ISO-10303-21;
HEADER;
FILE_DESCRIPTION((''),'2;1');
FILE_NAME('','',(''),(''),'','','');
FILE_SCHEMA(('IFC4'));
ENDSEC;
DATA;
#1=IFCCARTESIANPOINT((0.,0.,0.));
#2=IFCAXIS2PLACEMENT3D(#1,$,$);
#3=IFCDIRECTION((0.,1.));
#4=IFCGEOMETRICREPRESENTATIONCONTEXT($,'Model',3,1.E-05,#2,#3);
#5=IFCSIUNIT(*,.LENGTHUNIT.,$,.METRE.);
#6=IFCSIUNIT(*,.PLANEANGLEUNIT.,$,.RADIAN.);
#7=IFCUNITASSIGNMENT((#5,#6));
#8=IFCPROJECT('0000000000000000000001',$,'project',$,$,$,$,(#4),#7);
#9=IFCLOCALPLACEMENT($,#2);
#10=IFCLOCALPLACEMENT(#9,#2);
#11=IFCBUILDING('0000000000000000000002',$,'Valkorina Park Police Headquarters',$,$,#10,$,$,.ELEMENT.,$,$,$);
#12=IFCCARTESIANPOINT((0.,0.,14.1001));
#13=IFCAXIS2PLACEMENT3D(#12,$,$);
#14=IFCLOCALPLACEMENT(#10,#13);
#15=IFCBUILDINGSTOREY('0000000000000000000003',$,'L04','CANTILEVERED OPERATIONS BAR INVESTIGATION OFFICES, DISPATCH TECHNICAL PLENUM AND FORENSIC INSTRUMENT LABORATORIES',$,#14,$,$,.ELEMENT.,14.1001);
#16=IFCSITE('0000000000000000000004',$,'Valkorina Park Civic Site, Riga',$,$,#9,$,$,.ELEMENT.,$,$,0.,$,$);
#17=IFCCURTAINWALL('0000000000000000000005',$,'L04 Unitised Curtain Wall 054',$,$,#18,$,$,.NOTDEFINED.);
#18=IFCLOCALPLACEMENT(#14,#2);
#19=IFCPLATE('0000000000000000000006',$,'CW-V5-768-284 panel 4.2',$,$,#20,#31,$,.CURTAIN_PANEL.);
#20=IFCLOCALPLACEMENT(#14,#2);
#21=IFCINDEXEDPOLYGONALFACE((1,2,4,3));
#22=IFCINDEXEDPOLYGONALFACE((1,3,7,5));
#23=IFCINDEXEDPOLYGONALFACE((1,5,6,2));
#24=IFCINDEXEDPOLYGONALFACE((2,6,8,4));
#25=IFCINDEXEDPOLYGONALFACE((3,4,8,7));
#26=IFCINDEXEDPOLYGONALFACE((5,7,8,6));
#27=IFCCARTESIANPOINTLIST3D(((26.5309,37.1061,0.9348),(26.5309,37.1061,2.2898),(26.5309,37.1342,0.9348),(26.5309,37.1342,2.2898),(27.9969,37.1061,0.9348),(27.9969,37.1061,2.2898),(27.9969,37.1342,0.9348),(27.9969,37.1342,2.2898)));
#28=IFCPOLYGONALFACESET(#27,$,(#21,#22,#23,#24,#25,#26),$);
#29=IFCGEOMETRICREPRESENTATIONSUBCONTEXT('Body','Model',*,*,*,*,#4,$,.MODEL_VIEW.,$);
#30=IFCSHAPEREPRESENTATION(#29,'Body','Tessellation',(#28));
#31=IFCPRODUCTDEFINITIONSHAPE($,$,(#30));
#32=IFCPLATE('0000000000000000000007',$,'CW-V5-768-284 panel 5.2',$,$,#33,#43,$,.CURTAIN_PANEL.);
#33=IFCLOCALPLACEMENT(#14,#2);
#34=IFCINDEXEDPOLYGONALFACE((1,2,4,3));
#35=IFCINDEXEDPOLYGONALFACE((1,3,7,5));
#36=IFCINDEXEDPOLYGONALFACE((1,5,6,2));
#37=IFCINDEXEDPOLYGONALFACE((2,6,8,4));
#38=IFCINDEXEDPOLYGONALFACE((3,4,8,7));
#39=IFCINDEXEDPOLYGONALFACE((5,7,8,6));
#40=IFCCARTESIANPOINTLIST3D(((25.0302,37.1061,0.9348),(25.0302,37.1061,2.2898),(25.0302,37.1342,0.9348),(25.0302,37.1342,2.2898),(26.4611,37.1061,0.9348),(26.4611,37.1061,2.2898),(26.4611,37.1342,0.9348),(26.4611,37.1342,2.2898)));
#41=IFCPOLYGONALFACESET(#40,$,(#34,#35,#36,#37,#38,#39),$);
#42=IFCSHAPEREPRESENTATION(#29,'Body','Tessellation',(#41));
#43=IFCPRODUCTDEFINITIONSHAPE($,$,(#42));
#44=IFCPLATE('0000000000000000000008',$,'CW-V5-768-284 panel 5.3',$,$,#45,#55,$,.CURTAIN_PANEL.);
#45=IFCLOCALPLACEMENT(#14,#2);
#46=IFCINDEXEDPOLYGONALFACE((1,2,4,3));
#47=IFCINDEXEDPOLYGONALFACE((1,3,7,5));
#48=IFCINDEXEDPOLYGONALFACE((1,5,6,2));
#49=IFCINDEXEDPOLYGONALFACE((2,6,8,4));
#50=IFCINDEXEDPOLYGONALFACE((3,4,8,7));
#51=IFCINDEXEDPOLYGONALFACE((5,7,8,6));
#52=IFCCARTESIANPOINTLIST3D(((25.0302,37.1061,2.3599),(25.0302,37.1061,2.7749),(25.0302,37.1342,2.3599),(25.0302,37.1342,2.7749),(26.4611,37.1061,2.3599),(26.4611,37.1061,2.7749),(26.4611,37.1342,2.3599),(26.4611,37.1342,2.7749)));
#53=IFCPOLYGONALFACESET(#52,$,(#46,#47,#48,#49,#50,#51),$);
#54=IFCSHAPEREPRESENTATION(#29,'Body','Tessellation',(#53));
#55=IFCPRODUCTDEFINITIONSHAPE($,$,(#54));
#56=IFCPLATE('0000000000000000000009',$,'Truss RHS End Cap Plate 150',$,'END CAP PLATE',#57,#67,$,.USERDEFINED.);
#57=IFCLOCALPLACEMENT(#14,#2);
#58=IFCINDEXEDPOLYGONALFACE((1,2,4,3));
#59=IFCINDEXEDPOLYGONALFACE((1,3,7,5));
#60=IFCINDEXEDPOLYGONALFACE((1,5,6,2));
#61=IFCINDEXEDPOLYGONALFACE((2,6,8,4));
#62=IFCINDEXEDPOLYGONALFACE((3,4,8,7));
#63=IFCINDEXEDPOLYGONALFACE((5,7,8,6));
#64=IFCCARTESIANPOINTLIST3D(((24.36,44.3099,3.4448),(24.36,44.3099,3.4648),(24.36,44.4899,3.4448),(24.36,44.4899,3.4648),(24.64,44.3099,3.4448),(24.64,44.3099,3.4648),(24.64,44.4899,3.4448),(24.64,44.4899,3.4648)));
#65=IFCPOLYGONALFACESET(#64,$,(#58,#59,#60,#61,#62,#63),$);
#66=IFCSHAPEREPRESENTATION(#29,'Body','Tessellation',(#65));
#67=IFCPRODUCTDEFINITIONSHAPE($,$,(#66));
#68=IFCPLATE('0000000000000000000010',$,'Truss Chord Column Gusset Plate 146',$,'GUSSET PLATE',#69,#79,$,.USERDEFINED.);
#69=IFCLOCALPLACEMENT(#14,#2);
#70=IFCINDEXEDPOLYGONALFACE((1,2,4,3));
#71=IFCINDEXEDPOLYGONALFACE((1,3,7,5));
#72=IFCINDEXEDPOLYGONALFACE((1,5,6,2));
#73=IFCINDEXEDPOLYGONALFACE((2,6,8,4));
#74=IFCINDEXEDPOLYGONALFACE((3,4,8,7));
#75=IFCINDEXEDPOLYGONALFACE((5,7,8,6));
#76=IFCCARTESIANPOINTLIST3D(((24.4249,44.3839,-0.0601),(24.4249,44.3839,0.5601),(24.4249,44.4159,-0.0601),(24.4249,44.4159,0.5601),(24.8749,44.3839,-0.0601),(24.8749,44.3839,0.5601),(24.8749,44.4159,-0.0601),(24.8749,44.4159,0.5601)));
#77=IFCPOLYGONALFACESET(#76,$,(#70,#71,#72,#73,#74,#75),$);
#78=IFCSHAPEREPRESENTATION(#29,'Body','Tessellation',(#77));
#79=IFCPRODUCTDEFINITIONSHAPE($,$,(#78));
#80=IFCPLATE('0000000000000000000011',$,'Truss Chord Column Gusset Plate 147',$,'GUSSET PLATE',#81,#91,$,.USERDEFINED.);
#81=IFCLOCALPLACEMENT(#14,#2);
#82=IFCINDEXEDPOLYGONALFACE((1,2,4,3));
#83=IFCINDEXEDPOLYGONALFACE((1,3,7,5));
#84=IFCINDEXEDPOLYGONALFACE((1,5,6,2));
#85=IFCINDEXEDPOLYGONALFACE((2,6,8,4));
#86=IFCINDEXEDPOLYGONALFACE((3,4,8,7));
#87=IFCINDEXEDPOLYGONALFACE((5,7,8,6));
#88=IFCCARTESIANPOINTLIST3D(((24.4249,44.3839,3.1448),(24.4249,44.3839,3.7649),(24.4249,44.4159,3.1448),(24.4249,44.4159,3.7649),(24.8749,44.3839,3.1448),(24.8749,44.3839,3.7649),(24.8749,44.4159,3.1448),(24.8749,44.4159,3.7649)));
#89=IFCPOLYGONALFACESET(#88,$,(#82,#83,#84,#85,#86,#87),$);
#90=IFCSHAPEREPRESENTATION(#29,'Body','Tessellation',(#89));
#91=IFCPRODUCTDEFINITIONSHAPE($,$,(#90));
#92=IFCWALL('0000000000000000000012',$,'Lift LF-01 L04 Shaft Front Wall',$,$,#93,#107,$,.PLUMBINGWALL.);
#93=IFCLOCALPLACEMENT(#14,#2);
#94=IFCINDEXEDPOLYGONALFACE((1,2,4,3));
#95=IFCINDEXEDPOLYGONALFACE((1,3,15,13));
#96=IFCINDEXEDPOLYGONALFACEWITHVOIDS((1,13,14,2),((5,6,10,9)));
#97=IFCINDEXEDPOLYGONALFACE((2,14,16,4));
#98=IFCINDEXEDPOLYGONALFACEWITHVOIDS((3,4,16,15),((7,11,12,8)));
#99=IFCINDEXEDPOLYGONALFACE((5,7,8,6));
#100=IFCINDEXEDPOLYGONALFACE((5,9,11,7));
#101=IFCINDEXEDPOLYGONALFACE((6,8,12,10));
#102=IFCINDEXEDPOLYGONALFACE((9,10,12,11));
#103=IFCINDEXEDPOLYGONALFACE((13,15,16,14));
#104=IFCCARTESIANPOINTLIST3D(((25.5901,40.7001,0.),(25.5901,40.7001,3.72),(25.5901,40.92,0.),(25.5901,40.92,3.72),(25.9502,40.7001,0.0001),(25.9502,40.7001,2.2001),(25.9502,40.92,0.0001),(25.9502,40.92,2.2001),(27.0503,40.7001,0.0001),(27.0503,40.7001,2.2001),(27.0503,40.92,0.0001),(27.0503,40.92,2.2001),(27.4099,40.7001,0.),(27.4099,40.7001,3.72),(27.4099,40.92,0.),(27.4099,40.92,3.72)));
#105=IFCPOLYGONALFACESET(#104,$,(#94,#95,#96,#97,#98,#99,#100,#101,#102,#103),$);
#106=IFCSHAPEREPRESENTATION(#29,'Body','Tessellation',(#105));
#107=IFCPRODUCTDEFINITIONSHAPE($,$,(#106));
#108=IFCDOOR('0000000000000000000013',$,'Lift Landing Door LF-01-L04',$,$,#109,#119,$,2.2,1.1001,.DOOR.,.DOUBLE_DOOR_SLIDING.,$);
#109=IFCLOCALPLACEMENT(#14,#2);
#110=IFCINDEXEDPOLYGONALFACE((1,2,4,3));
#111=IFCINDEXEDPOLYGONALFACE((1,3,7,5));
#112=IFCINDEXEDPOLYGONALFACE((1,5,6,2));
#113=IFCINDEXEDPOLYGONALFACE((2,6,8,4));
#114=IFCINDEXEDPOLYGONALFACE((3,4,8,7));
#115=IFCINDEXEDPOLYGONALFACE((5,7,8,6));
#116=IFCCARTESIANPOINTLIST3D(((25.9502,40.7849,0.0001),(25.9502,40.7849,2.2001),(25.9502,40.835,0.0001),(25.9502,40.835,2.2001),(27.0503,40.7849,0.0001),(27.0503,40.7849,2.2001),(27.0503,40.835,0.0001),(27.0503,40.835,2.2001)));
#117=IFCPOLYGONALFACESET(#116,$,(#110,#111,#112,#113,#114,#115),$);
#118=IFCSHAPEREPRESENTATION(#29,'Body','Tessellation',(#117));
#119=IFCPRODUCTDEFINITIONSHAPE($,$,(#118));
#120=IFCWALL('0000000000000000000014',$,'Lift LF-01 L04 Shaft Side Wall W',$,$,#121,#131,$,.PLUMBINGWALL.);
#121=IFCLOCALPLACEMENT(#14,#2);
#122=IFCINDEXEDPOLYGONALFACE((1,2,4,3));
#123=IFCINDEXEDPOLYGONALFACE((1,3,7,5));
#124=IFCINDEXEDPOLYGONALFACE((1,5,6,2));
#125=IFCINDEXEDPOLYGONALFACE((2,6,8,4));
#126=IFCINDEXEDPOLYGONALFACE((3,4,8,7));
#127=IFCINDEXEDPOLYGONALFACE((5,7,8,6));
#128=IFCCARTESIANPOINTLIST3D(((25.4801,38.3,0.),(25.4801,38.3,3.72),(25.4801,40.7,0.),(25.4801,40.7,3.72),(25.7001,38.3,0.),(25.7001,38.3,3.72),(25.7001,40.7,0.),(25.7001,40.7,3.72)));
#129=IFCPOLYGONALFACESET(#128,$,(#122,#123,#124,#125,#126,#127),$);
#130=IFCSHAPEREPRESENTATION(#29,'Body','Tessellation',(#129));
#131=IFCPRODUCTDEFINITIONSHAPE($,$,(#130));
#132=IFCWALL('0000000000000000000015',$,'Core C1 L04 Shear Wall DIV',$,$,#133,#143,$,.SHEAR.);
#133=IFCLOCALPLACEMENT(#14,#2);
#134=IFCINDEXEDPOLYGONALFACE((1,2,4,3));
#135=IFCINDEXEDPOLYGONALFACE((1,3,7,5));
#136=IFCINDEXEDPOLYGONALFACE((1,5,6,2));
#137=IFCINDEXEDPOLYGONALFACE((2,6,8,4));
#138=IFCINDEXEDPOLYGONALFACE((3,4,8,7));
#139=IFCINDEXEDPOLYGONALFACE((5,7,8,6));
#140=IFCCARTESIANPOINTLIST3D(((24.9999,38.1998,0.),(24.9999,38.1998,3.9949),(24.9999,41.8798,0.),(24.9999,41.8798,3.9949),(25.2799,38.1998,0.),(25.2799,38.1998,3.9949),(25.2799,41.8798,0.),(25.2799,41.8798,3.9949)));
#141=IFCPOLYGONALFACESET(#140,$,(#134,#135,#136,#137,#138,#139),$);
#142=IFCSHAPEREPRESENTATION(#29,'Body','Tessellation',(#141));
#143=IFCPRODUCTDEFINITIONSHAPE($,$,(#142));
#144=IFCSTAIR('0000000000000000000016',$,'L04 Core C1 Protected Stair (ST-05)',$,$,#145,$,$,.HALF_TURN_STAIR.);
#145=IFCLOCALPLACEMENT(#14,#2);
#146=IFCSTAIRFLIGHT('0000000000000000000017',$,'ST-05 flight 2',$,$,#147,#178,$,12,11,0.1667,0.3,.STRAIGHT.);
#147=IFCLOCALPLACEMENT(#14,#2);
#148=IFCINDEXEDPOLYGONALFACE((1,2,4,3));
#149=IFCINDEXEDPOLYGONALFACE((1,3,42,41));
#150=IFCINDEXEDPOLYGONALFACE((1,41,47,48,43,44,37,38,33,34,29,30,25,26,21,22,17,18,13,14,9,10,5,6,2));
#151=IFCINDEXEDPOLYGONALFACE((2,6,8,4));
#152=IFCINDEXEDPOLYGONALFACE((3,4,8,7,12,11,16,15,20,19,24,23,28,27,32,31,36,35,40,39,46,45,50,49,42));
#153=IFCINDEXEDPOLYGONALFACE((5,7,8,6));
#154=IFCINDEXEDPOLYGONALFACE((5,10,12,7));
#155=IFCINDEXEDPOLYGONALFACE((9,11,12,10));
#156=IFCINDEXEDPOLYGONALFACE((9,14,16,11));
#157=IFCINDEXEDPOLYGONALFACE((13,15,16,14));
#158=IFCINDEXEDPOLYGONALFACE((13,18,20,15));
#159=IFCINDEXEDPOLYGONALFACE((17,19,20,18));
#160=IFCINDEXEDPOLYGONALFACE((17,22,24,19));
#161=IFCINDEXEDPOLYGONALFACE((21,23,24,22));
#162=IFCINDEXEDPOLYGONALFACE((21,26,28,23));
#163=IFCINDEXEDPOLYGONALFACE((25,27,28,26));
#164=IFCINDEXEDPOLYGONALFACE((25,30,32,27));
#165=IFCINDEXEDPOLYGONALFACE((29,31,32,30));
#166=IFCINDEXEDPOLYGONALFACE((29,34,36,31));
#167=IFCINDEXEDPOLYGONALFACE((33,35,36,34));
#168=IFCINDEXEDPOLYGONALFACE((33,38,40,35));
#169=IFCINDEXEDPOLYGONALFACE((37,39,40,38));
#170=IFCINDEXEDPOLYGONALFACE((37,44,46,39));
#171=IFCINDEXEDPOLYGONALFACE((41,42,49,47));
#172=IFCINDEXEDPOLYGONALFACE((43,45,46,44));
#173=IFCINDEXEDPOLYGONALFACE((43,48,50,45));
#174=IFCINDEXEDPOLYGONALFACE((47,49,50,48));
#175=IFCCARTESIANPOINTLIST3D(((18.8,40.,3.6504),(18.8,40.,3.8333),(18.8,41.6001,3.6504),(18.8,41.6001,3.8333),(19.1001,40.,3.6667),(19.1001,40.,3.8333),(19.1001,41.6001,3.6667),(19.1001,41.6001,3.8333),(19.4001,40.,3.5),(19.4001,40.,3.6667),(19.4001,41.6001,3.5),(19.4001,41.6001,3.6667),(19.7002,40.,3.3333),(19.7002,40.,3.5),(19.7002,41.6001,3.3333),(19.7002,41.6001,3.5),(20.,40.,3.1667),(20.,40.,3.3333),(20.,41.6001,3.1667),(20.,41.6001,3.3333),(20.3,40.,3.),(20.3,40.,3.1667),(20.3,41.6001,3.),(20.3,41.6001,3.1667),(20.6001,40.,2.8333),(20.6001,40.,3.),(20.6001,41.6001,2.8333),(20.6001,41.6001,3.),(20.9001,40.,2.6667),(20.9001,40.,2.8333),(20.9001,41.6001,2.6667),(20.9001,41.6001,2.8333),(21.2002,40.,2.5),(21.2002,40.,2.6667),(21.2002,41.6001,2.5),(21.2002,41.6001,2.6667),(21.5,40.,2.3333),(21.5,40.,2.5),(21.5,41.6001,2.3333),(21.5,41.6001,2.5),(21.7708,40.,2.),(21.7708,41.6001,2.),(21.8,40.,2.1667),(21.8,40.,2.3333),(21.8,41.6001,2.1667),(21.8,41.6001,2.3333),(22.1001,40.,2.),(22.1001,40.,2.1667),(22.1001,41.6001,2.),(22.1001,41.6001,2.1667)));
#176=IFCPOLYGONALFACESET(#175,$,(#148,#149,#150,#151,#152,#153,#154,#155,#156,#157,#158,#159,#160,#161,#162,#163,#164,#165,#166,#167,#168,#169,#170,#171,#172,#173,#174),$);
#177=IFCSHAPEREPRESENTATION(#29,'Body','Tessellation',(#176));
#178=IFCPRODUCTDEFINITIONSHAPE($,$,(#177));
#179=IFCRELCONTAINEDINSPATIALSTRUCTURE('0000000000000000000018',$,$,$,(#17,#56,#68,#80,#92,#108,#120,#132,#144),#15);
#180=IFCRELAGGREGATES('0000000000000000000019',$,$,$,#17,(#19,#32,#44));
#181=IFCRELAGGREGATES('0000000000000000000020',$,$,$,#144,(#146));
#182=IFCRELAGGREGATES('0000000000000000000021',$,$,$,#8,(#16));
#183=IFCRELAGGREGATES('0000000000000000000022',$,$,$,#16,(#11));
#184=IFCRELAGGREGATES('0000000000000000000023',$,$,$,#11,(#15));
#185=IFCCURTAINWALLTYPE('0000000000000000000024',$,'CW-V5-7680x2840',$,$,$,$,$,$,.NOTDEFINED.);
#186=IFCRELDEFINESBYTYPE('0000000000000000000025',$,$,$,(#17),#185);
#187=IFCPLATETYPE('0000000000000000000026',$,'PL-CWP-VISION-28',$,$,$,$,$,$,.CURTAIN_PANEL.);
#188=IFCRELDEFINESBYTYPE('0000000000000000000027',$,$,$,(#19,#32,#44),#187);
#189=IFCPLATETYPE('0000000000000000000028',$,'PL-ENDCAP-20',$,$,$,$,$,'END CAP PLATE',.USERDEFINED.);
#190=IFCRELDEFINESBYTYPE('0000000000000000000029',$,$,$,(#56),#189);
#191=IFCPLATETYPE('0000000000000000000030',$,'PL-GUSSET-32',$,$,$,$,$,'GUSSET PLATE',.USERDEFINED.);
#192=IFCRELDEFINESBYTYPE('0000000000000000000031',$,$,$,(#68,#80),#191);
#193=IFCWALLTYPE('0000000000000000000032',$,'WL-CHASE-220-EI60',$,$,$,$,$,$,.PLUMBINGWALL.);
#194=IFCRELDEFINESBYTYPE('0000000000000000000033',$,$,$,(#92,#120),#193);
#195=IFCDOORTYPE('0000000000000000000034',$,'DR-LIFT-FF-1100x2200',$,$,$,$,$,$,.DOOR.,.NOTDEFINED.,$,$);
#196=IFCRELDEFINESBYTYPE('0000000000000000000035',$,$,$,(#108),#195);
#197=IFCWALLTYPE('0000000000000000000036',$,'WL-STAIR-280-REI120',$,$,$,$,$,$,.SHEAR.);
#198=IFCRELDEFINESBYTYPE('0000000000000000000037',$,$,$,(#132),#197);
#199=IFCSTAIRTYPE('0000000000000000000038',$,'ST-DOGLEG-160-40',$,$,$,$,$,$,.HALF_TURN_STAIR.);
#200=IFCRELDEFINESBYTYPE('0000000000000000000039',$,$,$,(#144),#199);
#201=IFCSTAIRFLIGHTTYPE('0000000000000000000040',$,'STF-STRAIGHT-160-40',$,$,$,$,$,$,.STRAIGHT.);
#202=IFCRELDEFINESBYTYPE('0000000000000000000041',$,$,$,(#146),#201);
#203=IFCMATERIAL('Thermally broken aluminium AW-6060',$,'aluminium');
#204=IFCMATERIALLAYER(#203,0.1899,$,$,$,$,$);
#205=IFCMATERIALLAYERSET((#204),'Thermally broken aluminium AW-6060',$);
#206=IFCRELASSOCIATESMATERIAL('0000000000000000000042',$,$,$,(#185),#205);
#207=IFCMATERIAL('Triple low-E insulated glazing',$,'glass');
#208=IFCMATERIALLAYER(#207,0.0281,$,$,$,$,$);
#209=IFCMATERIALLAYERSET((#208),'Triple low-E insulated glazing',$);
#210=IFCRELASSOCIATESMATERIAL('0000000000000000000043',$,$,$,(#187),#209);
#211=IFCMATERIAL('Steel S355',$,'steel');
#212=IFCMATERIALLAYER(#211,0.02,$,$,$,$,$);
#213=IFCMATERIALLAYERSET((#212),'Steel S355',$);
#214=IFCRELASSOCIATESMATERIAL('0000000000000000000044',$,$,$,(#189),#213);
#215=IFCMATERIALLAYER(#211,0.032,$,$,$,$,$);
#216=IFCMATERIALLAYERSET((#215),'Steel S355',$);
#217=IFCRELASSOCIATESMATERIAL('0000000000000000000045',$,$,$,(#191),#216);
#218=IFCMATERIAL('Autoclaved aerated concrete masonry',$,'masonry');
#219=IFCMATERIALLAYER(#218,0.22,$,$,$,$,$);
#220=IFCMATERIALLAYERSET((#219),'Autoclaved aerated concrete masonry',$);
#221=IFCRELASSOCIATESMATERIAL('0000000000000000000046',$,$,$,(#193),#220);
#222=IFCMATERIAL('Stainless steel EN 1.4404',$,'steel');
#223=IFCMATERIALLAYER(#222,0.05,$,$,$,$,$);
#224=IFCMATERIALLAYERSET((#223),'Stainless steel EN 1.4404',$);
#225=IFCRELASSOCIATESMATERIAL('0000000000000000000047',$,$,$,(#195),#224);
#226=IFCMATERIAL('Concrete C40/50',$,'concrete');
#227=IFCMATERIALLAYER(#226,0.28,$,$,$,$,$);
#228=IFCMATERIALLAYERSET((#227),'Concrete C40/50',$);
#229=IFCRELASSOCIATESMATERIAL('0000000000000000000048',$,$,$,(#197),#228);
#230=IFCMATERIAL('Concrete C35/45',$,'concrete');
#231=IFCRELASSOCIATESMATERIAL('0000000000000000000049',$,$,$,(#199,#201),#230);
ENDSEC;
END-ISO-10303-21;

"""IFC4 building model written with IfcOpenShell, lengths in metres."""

from ifc_helpers import new_model, si_unit, direction, frame, frame_2d, origin, origin_2d, place, context, subcontext, project, spatial, polyline, rectangle, outline, extrude, material, layer, layer_set, type_object, element, fill, aggregate, save


model = new_model("IFC4")

# Units and contexts
model_context = context("Model", 3, precision=1e-05, world=origin(), true_north=direction((0.0, 1.0)))
body_context = subcontext(model_context, "Body", "Model", "MODEL_VIEW")
ifc_project = project(units=[si_unit("LENGTHUNIT", "METRE"), si_unit("PLANEANGLEUNIT", "RADIAN")], contexts=[model_context])

# Site, building, storey
site_placement = place(None, origin())
site = spatial("IfcSite", under=ifc_project, at=site_placement, Name="Valkorina Park Civic Site, Riga", CompositionType="ELEMENT", RefElevation=0.0)
building_placement = place(site_placement, origin())
building = spatial("IfcBuilding", under=site, at=building_placement, Name="Valkorina Park Police Headquarters", CompositionType="ELEMENT")
storey_placement = place(building_placement, frame((0.0, 0.0, 14.1001)))
storey = spatial("IfcBuildingStorey", under=building, at=storey_placement, Name="L04", Description="CANTILEVERED OPERATIONS BAR INVESTIGATION OFFICES, DISPATCH TECHNICAL PLENUM AND FORENSIC INSTRUMENT LABORATORIES", CompositionType="ELEMENT", Elevation=14.1001)

# Shared definitions
ifc_material_1 = material(Name="Steel S355", Category="steel")

# Curtain wall, plates
ifc_material_2 = material(Name="Thermally broken aluminium AW-6060", Category="aluminium")
ifc_layer_1 = layer(ifc_material_2, 0.1899)
ifc_layer_set_1 = layer_set([ifc_layer_1], Name="Thermally broken aluminium AW-6060")
curtain_wall_type = type_object("IfcCurtainWallType", Name="CW-V5-7680x2840", PredefinedType="NOTDEFINED", material=ifc_layer_set_1)
curtain_wall_placement = place(storey_placement, origin())
curtain_wall = element("IfcCurtainWall", 1, at=curtain_wall_placement, inside=storey, type_object=curtain_wall_type, Name="L04 Unitised Curtain Wall 054", PredefinedType="NOTDEFINED")
ifc_material_3 = material(Name="Triple low-E insulated glazing", Category="glass")
ifc_layer_2 = layer(ifc_material_3, 0.0281)
ifc_layer_set_2 = layer_set([ifc_layer_2], Name="Triple low-E insulated glazing")
plate_type_1 = type_object("IfcPlateType", Name="PL-CWP-VISION-28", PredefinedType="CURTAIN_PANEL", material=ifc_layer_set_2)
plate_1_placement = place(storey_placement, frame((27.2639, 37.1201, 0.9348), z_axis=(0.0, 0.0, 1.0), x_axis=(-1.0, 0.0, 0.0)))
plate_1 = element("IfcPlate", 2, at=plate_1_placement, type_object=plate_type_1, Name="CW-V5-768-284 panel 4.2", PredefinedType="CURTAIN_PANEL", context=body_context, shape_type="SweptSolid", body=[
    extrude(rectangle(XDim=1.4661, YDim=0.0281, at=origin_2d()), origin(), (0.0, 0.0, 1.0), 1.355),
])
plate_2_placement = place(storey_placement, frame((25.7456, 37.1201, 0.9348), z_axis=(0.0, 0.0, 1.0), x_axis=(-1.0, 0.0, 0.0)))
plate_2 = element("IfcPlate", 3, at=plate_2_placement, type_object=plate_type_1, Name="CW-V5-768-284 panel 5.2", PredefinedType="CURTAIN_PANEL", context=body_context, shape_type="SweptSolid", body=[
    extrude(rectangle(XDim=1.4309, YDim=0.0281, at=origin_2d()), origin(), (0.0, 0.0, 1.0), 1.355),
])
plate_3_placement = place(storey_placement, frame((25.7456, 37.1201, 2.3599), z_axis=(0.0, 0.0, 1.0), x_axis=(-1.0, 0.0, 0.0)))
plate_3 = element("IfcPlate", 4, at=plate_3_placement, type_object=plate_type_1, Name="CW-V5-768-284 panel 5.3", PredefinedType="CURTAIN_PANEL", context=body_context, shape_type="SweptSolid", body=[
    extrude(rectangle(XDim=1.4309, YDim=0.0281, at=origin_2d()), origin(), (0.0, 0.0, 1.0), 0.415),
])
aggregate(curtain_wall, [plate_1, plate_2, plate_3])

# Plates
ifc_layer_3 = layer(ifc_material_1, 0.02)
ifc_layer_set_3 = layer_set([ifc_layer_3], Name="Steel S355")
plate_type_2 = type_object("IfcPlateType", Name="PL-ENDCAP-20", ElementType="END CAP PLATE", PredefinedType="USERDEFINED", material=ifc_layer_set_3)
plate_4_placement = place(storey_placement, frame((24.5, 44.3999, 3.4448), z_axis=(0.0, 0.0, 1.0), x_axis=(1.0, 0.0, 0.0)))
element("IfcPlate", 5, at=plate_4_placement, inside=storey, type_object=plate_type_2, Name="Truss RHS End Cap Plate 150", ObjectType="END CAP PLATE", PredefinedType="USERDEFINED", context=body_context, shape_type="SweptSolid", body=[
    extrude(rectangle(XDim=0.28, YDim=0.1799, at=origin_2d()), origin(), (0.0, 0.0, 1.0), 0.02),
])
ifc_layer_4 = layer(ifc_material_1, 0.032)
ifc_layer_set_4 = layer_set([ifc_layer_4], Name="Steel S355")
plate_type_3 = type_object("IfcPlateType", Name="PL-GUSSET-32", ElementType="GUSSET PLATE", PredefinedType="USERDEFINED", material=ifc_layer_set_4)
for number, where, z_axis, x_axis, name in (
    (6, (24.6499, 44.3999, -0.0601), (0.0, 0.0, 1.0), (1.0, 0.0, 0.0), "Truss Chord Column Gusset Plate 146"),
    (7, (24.6499, 44.3999, 3.1448), (0.0, 0.0, 1.0), (1.0, 0.0, 0.0), "Truss Chord Column Gusset Plate 147"),
):
    element("IfcPlate", number, at=place(storey_placement, frame(where, z_axis=z_axis, x_axis=x_axis)), inside=storey, type_object=plate_type_3, Name=name, ObjectType="GUSSET PLATE", PredefinedType="USERDEFINED", context=body_context, shape_type="SweptSolid", body=[
        extrude(rectangle(XDim=0.45, YDim=0.032, at=origin_2d()), origin(), (0.0, 0.0, 1.0), 0.6201),
    ])

# Wall, opening, door
ifc_material_4 = material(Name="Autoclaved aerated concrete masonry", Category="masonry")
ifc_layer_5 = layer(ifc_material_4, 0.22)
ifc_layer_set_5 = layer_set([ifc_layer_5], Name="Autoclaved aerated concrete masonry")
wall_type_1 = type_object("IfcWallType", Name="WL-CHASE-220-EI60", PredefinedType="PLUMBINGWALL", material=ifc_layer_set_5)
wall_1_placement = place(storey_placement, frame((25.5901, 40.8101, 0.0), z_axis=(0.0, 0.0, 1.0), x_axis=(1.0, 0.0, 0.0)))
wall_1 = element("IfcWall", 8, at=wall_1_placement, inside=storey, type_object=wall_type_1, Name="Lift LF-01 L04 Shaft Front Wall", PredefinedType="PLUMBINGWALL", context=body_context, shape_type="SweptSolid", body=[
    extrude(rectangle(XDim=1.8198, YDim=0.22, at=frame_2d((0.9099, 0.0))), origin(), (0.0, 0.0, 1.0), 3.72),
])
opening_placement = place(wall_1_placement, frame((0.3601, 0.0, 0.0)))
opening = element("IfcOpeningElement", 9, at=opening_placement, cuts=wall_1, PredefinedType="OPENING", context=body_context, shape_type="SweptSolid", body=[
    extrude(rectangle(XDim=1.1001, YDim=2.2, at=frame_2d((0.55, 1.1001))), frame((0.0, 0.1201, 0.0), z_axis=(0.0, -1.0, 0.0), x_axis=(1.0, 0.0, 0.0)), (0.0, 0.0, 1.0), 0.24),
])
ifc_material_5 = material(Name="Stainless steel EN 1.4404", Category="steel")
ifc_layer_6 = layer(ifc_material_5, 0.05)
ifc_layer_set_6 = layer_set([ifc_layer_6], Name="Stainless steel EN 1.4404")
door_type = type_object("IfcDoorType", Name="DR-LIFT-FF-1100x2200", OperationType="NOTDEFINED", PredefinedType="DOOR", material=ifc_layer_set_6)
door_placement = place(opening_placement, origin())
door = element("IfcDoor", 10, at=door_placement, inside=storey, type_object=door_type, Name="Lift Landing Door LF-01-L04", OperationType="DOUBLE_DOOR_SLIDING", OverallHeight=2.2, OverallWidth=1.1001, PredefinedType="DOOR", context=body_context, shape_type="SweptSolid", body=[
    extrude(rectangle(XDim=1.1001, YDim=2.2, at=frame_2d((0.55, 1.1001))), frame((0.0, 0.0249, 0.0), z_axis=(0.0, -1.0, 0.0), x_axis=(1.0, 0.0, 0.0)), (0.0, 0.0, 1.0), 0.05),
])
fill(opening, door)

# Walls
wall_2_placement = place(storey_placement, frame((25.5901, 38.3, 0.0), z_axis=(0.0, 0.0, 1.0), x_axis=(0.0, 1.0, 0.0)))
element("IfcWall", 11, at=wall_2_placement, inside=storey, type_object=wall_type_1, Name="Lift LF-01 L04 Shaft Side Wall W", PredefinedType="PLUMBINGWALL", context=body_context, shape_type="SweptSolid", body=[
    extrude(rectangle(XDim=2.3999, YDim=0.22, at=frame_2d((1.2, 0.0))), origin(), (0.0, 0.0, 1.0), 3.72),
])
ifc_material_6 = material(Name="Concrete C40/50", Category="concrete")
ifc_layer_7 = layer(ifc_material_6, 0.28)
ifc_layer_set_7 = layer_set([ifc_layer_7], Name="Concrete C40/50")
wall_type_2 = type_object("IfcWallType", Name="WL-STAIR-280-REI120", PredefinedType="SHEAR", material=ifc_layer_set_7)
wall_3_placement = place(storey_placement, frame((25.1399, 38.2, 0.0), z_axis=(0.0, 0.0, 1.0), x_axis=(0.0, 1.0, 0.0)))
element("IfcWall", 12, at=wall_3_placement, inside=storey, type_object=wall_type_2, Name="Core C1 L04 Shear Wall DIV", PredefinedType="SHEAR", context=body_context, shape_type="SweptSolid", body=[
    extrude(rectangle(XDim=3.6799, YDim=0.28, at=frame_2d((1.8398, 0.0))), origin(), (0.0, 0.0, 1.0), 3.9949),
])

# Stair, stair flight
ifc_material_7 = material(Name="Concrete C35/45", Category="concrete")
stair_type = type_object("IfcStairType", Name="ST-DOGLEG-160-40", PredefinedType="HALF_TURN_STAIR", material=ifc_material_7)
stair_placement = place(storey_placement, origin())
stair = element("IfcStair", 13, at=stair_placement, inside=storey, type_object=stair_type, Name="L04 Core C1 Protected Stair (ST-05)", PredefinedType="HALF_TURN_STAIR")
stair_flight_type = type_object("IfcStairFlightType", Name="STF-STRAIGHT-160-40", PredefinedType="STRAIGHT", material=ifc_material_7)
stair_flight_placement = place(storey_placement, frame((22.1001, 40.8, 2.0), z_axis=(0.0, 0.0, 1.0), x_axis=(-1.0, 0.0, 0.0)))
stair_flight = element("IfcStairFlight", 14, at=stair_flight_placement, type_object=stair_flight_type, Name="ST-05 flight 2", NumberOfRisers=12, NumberOfTreads=11, PredefinedType="STRAIGHT", RiserHeight=0.1667, TreadLength=0.3, context=body_context, shape_type="SweptSolid", body=[
    extrude(outline(polyline([(0.0, 0.0), (0.0, 0.1667), (0.3, 0.1667), (0.3, 0.3333), (0.6001, 0.3333), (0.6001, 0.5), (0.8999, 0.5), (0.8999, 0.6667), (1.2, 0.6667), (1.2, 0.8333), (1.5, 0.8333), (1.5, 1.0), (1.8, 1.0), (1.8, 1.1667), (2.1001, 1.1667), (2.1001, 1.3333), (2.3999, 1.3333), (2.3999, 1.5), (2.7, 1.5), (2.7, 1.6667), (3.0, 1.6667), (3.0, 1.8333), (3.3, 1.8333), (3.3, 2.0), (3.3, 1.6504), (0.3293, 0.0), (0.0, 0.0)])), frame((0.0, 0.8, 0.0), z_axis=(0.0, -1.0, 0.0), x_axis=(1.0, 0.0, 0.0)), (0.0, 0.0, 1.0), 1.6001),
])
aggregate(stair, [stair_flight])

save(model, "model.ifc")
